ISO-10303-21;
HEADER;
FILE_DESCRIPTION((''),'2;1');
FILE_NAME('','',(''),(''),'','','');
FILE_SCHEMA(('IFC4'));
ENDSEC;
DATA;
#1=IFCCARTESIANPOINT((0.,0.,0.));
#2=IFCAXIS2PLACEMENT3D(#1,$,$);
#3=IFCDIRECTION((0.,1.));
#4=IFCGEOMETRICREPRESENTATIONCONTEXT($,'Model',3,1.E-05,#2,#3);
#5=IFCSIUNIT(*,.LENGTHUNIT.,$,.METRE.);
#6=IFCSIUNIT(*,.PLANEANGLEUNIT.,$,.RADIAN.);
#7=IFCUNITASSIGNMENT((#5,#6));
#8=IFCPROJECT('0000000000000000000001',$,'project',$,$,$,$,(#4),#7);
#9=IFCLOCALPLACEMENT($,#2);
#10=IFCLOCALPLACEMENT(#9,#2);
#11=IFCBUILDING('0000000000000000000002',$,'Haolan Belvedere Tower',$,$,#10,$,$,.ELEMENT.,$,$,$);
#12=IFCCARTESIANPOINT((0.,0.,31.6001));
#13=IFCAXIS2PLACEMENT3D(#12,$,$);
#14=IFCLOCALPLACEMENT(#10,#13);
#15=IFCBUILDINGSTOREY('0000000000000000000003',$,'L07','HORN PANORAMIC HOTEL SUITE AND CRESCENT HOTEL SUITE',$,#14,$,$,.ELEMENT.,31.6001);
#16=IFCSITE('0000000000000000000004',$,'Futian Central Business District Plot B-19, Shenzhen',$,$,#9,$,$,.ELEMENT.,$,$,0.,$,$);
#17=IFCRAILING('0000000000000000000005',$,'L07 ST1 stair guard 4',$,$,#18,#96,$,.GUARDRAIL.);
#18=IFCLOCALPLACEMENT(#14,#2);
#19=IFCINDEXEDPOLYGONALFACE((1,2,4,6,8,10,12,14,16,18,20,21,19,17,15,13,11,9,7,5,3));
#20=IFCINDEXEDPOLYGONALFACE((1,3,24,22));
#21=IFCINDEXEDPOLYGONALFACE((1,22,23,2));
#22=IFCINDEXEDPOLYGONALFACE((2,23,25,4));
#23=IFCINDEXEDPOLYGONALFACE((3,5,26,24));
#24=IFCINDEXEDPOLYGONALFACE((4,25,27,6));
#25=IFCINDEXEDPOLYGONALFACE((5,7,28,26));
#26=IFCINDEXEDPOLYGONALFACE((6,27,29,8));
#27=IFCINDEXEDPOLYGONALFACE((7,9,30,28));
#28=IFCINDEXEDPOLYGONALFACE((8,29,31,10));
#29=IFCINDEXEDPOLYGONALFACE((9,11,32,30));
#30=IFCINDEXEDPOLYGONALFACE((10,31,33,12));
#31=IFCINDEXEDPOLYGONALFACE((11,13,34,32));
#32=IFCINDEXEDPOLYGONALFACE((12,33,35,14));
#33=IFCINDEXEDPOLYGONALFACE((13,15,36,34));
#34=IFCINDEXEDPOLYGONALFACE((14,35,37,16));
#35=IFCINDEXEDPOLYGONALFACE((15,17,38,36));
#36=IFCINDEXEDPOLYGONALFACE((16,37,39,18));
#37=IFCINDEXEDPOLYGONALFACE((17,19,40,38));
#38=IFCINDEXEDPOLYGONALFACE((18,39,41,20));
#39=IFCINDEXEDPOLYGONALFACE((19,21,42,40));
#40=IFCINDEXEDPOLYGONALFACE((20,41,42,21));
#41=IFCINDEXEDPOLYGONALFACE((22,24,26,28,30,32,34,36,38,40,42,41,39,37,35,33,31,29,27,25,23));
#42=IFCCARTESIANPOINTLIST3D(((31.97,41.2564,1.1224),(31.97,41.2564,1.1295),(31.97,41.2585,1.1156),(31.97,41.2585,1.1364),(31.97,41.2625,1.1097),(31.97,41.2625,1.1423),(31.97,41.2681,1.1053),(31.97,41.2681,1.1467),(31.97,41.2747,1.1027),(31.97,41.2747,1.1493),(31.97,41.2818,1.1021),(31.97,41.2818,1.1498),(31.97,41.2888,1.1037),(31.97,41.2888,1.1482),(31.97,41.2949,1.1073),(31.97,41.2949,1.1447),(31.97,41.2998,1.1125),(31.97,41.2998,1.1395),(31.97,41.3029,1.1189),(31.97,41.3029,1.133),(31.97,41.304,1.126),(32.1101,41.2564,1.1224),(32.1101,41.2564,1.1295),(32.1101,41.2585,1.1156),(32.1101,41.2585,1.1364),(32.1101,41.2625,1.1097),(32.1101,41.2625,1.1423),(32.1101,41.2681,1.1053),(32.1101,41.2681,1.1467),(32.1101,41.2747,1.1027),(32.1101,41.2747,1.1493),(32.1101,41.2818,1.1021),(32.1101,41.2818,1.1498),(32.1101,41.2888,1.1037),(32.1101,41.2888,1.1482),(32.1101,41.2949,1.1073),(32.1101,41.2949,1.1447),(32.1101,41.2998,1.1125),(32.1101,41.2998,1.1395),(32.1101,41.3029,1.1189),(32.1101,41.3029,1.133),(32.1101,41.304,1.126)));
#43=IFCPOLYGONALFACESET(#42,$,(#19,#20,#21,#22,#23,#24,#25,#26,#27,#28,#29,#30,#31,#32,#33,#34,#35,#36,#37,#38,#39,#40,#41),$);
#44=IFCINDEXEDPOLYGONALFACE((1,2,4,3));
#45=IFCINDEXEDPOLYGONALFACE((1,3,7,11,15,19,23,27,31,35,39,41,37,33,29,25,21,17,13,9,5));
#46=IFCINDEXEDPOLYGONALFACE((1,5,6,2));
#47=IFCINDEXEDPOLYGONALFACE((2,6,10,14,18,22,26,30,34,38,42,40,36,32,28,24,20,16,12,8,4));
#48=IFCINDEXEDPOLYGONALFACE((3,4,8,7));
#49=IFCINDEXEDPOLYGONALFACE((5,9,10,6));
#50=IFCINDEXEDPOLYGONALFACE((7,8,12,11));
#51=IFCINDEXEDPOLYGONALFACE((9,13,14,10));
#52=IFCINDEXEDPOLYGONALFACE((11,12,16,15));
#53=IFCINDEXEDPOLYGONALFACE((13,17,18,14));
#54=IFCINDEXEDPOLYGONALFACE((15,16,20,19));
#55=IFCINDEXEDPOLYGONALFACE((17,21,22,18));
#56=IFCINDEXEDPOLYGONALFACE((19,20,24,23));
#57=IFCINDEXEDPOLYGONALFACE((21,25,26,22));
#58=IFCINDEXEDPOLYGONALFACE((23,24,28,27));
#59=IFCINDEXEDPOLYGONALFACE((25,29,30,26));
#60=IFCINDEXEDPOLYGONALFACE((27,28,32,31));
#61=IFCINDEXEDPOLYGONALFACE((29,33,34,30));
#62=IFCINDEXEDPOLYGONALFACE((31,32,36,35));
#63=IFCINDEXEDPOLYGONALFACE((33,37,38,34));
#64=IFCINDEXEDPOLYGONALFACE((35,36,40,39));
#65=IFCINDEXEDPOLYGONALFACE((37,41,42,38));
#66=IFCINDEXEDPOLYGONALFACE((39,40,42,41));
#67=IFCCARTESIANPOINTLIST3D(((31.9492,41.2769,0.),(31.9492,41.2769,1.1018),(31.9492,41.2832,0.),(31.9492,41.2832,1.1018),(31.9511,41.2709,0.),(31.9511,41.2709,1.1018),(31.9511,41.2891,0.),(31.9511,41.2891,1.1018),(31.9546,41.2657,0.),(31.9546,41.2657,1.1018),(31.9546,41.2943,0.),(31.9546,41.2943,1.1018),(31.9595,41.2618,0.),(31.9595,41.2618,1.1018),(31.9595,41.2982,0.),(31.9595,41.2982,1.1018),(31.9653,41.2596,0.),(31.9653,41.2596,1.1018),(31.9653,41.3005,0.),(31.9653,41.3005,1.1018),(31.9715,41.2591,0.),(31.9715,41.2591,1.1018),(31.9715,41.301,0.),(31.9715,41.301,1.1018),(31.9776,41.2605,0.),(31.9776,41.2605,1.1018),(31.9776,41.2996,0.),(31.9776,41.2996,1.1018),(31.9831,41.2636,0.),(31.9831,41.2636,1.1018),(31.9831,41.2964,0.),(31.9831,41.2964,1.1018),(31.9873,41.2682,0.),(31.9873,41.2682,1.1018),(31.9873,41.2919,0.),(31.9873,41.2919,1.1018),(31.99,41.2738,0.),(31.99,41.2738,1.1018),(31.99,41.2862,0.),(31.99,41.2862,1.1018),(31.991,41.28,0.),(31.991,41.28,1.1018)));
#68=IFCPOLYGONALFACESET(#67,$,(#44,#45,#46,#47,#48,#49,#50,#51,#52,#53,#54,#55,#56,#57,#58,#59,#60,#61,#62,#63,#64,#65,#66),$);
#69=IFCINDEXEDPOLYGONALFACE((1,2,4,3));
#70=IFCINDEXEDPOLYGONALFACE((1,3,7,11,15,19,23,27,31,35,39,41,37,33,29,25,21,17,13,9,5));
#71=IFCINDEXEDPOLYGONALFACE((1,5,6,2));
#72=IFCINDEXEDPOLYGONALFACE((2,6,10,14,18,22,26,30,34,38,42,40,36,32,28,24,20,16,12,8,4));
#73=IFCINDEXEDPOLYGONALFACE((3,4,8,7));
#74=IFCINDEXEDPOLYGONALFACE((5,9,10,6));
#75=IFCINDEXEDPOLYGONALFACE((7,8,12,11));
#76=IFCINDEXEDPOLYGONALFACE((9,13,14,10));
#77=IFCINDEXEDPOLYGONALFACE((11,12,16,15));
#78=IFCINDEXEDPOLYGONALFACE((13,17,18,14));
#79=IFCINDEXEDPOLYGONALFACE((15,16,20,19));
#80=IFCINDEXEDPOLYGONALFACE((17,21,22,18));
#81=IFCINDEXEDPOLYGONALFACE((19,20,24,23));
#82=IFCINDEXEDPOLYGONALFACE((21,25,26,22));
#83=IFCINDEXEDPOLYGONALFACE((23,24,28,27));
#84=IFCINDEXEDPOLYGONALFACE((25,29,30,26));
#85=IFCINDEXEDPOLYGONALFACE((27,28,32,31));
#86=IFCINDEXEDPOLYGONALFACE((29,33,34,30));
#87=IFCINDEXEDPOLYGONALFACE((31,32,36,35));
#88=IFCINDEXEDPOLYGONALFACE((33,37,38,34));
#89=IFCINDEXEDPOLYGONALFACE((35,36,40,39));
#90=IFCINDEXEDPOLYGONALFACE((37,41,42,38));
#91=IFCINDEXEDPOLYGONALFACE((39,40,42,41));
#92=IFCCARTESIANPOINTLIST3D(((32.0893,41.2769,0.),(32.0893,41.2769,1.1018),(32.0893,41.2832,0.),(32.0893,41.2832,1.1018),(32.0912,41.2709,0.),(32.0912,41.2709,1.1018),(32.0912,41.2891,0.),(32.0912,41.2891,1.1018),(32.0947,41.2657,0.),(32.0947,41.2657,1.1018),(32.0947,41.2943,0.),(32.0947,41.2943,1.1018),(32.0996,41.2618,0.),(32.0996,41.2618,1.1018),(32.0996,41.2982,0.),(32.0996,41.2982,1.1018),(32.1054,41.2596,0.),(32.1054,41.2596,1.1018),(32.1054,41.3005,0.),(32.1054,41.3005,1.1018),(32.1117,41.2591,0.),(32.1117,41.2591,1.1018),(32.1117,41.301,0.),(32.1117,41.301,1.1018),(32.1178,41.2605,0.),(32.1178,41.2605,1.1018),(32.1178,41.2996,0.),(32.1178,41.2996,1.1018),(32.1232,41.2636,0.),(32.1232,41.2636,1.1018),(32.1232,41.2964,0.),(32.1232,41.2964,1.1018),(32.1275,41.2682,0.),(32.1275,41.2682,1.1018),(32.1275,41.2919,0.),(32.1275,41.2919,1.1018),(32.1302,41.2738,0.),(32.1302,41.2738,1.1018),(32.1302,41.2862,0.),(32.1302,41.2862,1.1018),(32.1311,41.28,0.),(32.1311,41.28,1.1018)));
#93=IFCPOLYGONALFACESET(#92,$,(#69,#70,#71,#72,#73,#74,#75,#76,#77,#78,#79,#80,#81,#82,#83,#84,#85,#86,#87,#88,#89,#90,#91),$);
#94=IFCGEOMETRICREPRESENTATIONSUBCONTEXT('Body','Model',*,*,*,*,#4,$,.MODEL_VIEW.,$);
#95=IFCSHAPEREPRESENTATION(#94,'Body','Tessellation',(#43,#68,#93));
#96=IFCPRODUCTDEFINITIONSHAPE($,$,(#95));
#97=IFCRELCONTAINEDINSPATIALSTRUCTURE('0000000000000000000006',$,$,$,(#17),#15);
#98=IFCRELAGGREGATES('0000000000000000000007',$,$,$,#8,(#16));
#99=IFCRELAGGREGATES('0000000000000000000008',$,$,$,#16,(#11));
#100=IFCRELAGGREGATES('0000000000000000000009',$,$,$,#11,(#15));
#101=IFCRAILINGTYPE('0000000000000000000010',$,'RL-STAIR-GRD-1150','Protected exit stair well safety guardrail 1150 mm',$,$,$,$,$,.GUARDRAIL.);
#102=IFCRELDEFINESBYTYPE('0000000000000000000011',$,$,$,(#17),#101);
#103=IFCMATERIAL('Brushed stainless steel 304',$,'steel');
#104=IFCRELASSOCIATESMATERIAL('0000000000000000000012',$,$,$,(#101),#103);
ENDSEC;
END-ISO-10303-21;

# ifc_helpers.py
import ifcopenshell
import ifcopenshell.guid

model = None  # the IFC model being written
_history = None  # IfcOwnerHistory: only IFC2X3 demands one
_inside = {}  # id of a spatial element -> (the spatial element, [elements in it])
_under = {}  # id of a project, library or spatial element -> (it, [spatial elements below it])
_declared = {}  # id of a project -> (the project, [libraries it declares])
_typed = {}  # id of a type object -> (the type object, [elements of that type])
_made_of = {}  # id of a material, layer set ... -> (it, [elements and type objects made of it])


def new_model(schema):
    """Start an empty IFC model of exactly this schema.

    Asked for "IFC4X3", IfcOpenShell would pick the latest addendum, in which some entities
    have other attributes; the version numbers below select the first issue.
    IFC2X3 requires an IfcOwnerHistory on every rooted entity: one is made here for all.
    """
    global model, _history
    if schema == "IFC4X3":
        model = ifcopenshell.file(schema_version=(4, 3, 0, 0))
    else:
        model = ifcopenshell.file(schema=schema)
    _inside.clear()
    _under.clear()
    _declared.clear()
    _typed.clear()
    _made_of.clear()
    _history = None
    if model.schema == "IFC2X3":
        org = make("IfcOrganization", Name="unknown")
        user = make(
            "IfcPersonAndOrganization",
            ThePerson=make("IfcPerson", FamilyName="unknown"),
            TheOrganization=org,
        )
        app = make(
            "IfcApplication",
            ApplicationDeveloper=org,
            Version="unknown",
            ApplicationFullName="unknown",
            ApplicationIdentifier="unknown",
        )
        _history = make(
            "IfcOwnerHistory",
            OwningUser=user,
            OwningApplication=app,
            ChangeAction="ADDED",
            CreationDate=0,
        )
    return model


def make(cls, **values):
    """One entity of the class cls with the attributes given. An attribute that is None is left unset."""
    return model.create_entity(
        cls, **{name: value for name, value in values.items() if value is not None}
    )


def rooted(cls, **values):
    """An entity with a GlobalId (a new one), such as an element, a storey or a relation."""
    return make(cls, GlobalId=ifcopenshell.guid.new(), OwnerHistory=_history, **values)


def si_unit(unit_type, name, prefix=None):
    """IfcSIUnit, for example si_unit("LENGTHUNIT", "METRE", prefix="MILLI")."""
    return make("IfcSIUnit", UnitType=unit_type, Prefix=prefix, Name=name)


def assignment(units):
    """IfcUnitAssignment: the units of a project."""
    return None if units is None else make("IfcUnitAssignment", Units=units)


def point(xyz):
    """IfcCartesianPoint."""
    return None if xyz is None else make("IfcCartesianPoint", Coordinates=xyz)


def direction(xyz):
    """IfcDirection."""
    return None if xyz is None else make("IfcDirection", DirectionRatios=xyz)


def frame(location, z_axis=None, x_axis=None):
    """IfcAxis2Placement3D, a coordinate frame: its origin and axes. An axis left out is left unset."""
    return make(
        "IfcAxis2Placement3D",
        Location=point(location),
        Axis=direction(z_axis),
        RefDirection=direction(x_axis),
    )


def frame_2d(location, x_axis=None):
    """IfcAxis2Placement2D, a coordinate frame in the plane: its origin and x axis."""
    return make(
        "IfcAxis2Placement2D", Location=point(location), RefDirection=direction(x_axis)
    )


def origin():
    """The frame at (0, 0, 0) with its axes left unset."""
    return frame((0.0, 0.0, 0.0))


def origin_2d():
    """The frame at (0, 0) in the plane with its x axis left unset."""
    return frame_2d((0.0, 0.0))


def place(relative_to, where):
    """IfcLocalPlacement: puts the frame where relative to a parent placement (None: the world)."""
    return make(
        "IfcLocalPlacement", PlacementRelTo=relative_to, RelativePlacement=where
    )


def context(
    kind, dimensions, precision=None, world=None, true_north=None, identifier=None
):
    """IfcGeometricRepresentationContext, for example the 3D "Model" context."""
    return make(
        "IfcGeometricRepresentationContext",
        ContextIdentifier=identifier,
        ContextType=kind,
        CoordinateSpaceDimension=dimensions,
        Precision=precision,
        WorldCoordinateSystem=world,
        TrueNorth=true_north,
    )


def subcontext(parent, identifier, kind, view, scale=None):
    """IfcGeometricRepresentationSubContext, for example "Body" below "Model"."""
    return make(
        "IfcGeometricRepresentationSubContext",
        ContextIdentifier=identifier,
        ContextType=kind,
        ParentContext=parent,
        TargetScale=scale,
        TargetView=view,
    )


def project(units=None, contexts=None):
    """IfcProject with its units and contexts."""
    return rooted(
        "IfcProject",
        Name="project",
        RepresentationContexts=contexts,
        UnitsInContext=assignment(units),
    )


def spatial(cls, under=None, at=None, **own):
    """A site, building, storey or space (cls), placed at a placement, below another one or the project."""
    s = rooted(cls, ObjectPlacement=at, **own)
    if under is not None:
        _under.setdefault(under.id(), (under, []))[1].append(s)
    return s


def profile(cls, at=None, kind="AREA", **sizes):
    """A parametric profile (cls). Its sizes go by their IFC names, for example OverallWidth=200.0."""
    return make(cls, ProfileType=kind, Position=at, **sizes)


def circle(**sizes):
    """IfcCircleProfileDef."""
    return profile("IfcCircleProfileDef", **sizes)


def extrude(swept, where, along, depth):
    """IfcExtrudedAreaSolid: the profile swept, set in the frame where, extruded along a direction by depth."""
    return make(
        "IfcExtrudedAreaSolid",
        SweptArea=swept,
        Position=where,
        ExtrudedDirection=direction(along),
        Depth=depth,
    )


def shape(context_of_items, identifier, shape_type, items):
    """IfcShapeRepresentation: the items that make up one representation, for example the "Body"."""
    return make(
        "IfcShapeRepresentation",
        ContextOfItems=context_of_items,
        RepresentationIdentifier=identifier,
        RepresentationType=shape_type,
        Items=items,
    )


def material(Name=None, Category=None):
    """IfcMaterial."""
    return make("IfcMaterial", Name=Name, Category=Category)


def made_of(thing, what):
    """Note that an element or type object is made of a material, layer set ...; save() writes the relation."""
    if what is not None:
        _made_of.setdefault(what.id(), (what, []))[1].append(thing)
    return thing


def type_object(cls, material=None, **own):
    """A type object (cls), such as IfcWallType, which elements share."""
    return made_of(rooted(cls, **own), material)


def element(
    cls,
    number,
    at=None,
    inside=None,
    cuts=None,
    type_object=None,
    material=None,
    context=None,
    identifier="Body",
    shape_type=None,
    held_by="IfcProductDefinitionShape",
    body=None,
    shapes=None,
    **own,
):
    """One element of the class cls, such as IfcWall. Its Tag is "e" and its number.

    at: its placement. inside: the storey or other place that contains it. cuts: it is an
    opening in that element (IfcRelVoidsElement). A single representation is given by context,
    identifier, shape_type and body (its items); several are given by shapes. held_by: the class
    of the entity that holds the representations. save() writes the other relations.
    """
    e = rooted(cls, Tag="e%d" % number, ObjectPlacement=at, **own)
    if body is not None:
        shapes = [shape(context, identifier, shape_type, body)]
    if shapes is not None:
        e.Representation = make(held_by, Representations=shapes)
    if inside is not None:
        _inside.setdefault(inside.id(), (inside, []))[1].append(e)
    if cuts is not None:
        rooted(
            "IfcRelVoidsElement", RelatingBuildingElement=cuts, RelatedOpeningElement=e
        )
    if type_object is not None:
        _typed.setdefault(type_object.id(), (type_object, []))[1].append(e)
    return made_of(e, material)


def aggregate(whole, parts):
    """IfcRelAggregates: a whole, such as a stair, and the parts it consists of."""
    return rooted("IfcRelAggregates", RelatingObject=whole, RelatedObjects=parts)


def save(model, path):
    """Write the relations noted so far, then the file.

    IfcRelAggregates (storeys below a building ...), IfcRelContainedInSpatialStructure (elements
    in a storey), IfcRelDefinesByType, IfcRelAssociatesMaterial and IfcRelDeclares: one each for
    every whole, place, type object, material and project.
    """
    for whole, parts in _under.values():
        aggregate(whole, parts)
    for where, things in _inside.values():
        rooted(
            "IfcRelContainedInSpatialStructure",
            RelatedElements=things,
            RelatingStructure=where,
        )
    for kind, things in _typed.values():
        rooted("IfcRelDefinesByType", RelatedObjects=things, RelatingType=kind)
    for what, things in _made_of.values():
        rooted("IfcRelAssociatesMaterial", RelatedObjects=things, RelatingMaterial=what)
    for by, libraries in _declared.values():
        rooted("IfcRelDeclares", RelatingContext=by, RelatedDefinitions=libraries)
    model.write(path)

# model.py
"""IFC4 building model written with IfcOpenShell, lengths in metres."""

from ifc_helpers import new_model, si_unit, direction, frame, origin, origin_2d, place, context, subcontext, project, spatial, circle, extrude, material, type_object, element, save


model = new_model("IFC4")

# Units and contexts
model_context = context("Model", 3, precision=1e-05, world=origin(), true_north=direction((0.0, 1.0)))
body_context = subcontext(model_context, "Body", "Model", "MODEL_VIEW")
ifc_project = project(units=[si_unit("LENGTHUNIT", "METRE"), si_unit("PLANEANGLEUNIT", "RADIAN")], contexts=[model_context])

# Site, building, storey
site_placement = place(None, origin())
site = spatial("IfcSite", under=ifc_project, at=site_placement, Name="Futian Central Business District Plot B-19, Shenzhen", CompositionType="ELEMENT", RefElevation=0.0)
building_placement = place(site_placement, origin())
building = spatial("IfcBuilding", under=site, at=building_placement, Name="Haolan Belvedere Tower", CompositionType="ELEMENT")
storey_placement = place(building_placement, frame((0.0, 0.0, 31.6001)))
storey = spatial("IfcBuildingStorey", under=building, at=storey_placement, Name="L07", Description="HORN PANORAMIC HOTEL SUITE AND CRESCENT HOTEL SUITE", CompositionType="ELEMENT", Elevation=31.6001)

# Railing
ifc_material_1 = material(Name="Brushed stainless steel 304", Category="steel")
railing_type = type_object("IfcRailingType", Name="RL-STAIR-GRD-1150", Description="Protected exit stair well safety guardrail 1150 mm", PredefinedType="GUARDRAIL", material=ifc_material_1)
railing_1_placement = place(storey_placement, frame((31.97, 41.28, 0.0)))
element("IfcRailing", 1, at=railing_1_placement, inside=storey, type_object=railing_type, Name="L07 ST1 stair guard 4", PredefinedType="GUARDRAIL", context=body_context, shape_type="SweptSolid", body=[
    extrude(circle(Radius=0.0239, at=origin_2d()), frame((0.0, 0.0, 1.126), z_axis=(1.0, 0.0, 0.0), x_axis=(0.0, 1.0, 0.0)), (0.0, 0.0, 1.0), 0.1401),
    extrude(circle(Radius=0.021, at=origin_2d()), origin(), (0.0, 0.0, 1.0), 1.1018),
    extrude(circle(Radius=0.021, at=origin_2d()), frame((0.1401, 0.0, 0.0)), (0.0, 0.0, 1.0), 1.1018),
])

save(model, "model.ifc")
